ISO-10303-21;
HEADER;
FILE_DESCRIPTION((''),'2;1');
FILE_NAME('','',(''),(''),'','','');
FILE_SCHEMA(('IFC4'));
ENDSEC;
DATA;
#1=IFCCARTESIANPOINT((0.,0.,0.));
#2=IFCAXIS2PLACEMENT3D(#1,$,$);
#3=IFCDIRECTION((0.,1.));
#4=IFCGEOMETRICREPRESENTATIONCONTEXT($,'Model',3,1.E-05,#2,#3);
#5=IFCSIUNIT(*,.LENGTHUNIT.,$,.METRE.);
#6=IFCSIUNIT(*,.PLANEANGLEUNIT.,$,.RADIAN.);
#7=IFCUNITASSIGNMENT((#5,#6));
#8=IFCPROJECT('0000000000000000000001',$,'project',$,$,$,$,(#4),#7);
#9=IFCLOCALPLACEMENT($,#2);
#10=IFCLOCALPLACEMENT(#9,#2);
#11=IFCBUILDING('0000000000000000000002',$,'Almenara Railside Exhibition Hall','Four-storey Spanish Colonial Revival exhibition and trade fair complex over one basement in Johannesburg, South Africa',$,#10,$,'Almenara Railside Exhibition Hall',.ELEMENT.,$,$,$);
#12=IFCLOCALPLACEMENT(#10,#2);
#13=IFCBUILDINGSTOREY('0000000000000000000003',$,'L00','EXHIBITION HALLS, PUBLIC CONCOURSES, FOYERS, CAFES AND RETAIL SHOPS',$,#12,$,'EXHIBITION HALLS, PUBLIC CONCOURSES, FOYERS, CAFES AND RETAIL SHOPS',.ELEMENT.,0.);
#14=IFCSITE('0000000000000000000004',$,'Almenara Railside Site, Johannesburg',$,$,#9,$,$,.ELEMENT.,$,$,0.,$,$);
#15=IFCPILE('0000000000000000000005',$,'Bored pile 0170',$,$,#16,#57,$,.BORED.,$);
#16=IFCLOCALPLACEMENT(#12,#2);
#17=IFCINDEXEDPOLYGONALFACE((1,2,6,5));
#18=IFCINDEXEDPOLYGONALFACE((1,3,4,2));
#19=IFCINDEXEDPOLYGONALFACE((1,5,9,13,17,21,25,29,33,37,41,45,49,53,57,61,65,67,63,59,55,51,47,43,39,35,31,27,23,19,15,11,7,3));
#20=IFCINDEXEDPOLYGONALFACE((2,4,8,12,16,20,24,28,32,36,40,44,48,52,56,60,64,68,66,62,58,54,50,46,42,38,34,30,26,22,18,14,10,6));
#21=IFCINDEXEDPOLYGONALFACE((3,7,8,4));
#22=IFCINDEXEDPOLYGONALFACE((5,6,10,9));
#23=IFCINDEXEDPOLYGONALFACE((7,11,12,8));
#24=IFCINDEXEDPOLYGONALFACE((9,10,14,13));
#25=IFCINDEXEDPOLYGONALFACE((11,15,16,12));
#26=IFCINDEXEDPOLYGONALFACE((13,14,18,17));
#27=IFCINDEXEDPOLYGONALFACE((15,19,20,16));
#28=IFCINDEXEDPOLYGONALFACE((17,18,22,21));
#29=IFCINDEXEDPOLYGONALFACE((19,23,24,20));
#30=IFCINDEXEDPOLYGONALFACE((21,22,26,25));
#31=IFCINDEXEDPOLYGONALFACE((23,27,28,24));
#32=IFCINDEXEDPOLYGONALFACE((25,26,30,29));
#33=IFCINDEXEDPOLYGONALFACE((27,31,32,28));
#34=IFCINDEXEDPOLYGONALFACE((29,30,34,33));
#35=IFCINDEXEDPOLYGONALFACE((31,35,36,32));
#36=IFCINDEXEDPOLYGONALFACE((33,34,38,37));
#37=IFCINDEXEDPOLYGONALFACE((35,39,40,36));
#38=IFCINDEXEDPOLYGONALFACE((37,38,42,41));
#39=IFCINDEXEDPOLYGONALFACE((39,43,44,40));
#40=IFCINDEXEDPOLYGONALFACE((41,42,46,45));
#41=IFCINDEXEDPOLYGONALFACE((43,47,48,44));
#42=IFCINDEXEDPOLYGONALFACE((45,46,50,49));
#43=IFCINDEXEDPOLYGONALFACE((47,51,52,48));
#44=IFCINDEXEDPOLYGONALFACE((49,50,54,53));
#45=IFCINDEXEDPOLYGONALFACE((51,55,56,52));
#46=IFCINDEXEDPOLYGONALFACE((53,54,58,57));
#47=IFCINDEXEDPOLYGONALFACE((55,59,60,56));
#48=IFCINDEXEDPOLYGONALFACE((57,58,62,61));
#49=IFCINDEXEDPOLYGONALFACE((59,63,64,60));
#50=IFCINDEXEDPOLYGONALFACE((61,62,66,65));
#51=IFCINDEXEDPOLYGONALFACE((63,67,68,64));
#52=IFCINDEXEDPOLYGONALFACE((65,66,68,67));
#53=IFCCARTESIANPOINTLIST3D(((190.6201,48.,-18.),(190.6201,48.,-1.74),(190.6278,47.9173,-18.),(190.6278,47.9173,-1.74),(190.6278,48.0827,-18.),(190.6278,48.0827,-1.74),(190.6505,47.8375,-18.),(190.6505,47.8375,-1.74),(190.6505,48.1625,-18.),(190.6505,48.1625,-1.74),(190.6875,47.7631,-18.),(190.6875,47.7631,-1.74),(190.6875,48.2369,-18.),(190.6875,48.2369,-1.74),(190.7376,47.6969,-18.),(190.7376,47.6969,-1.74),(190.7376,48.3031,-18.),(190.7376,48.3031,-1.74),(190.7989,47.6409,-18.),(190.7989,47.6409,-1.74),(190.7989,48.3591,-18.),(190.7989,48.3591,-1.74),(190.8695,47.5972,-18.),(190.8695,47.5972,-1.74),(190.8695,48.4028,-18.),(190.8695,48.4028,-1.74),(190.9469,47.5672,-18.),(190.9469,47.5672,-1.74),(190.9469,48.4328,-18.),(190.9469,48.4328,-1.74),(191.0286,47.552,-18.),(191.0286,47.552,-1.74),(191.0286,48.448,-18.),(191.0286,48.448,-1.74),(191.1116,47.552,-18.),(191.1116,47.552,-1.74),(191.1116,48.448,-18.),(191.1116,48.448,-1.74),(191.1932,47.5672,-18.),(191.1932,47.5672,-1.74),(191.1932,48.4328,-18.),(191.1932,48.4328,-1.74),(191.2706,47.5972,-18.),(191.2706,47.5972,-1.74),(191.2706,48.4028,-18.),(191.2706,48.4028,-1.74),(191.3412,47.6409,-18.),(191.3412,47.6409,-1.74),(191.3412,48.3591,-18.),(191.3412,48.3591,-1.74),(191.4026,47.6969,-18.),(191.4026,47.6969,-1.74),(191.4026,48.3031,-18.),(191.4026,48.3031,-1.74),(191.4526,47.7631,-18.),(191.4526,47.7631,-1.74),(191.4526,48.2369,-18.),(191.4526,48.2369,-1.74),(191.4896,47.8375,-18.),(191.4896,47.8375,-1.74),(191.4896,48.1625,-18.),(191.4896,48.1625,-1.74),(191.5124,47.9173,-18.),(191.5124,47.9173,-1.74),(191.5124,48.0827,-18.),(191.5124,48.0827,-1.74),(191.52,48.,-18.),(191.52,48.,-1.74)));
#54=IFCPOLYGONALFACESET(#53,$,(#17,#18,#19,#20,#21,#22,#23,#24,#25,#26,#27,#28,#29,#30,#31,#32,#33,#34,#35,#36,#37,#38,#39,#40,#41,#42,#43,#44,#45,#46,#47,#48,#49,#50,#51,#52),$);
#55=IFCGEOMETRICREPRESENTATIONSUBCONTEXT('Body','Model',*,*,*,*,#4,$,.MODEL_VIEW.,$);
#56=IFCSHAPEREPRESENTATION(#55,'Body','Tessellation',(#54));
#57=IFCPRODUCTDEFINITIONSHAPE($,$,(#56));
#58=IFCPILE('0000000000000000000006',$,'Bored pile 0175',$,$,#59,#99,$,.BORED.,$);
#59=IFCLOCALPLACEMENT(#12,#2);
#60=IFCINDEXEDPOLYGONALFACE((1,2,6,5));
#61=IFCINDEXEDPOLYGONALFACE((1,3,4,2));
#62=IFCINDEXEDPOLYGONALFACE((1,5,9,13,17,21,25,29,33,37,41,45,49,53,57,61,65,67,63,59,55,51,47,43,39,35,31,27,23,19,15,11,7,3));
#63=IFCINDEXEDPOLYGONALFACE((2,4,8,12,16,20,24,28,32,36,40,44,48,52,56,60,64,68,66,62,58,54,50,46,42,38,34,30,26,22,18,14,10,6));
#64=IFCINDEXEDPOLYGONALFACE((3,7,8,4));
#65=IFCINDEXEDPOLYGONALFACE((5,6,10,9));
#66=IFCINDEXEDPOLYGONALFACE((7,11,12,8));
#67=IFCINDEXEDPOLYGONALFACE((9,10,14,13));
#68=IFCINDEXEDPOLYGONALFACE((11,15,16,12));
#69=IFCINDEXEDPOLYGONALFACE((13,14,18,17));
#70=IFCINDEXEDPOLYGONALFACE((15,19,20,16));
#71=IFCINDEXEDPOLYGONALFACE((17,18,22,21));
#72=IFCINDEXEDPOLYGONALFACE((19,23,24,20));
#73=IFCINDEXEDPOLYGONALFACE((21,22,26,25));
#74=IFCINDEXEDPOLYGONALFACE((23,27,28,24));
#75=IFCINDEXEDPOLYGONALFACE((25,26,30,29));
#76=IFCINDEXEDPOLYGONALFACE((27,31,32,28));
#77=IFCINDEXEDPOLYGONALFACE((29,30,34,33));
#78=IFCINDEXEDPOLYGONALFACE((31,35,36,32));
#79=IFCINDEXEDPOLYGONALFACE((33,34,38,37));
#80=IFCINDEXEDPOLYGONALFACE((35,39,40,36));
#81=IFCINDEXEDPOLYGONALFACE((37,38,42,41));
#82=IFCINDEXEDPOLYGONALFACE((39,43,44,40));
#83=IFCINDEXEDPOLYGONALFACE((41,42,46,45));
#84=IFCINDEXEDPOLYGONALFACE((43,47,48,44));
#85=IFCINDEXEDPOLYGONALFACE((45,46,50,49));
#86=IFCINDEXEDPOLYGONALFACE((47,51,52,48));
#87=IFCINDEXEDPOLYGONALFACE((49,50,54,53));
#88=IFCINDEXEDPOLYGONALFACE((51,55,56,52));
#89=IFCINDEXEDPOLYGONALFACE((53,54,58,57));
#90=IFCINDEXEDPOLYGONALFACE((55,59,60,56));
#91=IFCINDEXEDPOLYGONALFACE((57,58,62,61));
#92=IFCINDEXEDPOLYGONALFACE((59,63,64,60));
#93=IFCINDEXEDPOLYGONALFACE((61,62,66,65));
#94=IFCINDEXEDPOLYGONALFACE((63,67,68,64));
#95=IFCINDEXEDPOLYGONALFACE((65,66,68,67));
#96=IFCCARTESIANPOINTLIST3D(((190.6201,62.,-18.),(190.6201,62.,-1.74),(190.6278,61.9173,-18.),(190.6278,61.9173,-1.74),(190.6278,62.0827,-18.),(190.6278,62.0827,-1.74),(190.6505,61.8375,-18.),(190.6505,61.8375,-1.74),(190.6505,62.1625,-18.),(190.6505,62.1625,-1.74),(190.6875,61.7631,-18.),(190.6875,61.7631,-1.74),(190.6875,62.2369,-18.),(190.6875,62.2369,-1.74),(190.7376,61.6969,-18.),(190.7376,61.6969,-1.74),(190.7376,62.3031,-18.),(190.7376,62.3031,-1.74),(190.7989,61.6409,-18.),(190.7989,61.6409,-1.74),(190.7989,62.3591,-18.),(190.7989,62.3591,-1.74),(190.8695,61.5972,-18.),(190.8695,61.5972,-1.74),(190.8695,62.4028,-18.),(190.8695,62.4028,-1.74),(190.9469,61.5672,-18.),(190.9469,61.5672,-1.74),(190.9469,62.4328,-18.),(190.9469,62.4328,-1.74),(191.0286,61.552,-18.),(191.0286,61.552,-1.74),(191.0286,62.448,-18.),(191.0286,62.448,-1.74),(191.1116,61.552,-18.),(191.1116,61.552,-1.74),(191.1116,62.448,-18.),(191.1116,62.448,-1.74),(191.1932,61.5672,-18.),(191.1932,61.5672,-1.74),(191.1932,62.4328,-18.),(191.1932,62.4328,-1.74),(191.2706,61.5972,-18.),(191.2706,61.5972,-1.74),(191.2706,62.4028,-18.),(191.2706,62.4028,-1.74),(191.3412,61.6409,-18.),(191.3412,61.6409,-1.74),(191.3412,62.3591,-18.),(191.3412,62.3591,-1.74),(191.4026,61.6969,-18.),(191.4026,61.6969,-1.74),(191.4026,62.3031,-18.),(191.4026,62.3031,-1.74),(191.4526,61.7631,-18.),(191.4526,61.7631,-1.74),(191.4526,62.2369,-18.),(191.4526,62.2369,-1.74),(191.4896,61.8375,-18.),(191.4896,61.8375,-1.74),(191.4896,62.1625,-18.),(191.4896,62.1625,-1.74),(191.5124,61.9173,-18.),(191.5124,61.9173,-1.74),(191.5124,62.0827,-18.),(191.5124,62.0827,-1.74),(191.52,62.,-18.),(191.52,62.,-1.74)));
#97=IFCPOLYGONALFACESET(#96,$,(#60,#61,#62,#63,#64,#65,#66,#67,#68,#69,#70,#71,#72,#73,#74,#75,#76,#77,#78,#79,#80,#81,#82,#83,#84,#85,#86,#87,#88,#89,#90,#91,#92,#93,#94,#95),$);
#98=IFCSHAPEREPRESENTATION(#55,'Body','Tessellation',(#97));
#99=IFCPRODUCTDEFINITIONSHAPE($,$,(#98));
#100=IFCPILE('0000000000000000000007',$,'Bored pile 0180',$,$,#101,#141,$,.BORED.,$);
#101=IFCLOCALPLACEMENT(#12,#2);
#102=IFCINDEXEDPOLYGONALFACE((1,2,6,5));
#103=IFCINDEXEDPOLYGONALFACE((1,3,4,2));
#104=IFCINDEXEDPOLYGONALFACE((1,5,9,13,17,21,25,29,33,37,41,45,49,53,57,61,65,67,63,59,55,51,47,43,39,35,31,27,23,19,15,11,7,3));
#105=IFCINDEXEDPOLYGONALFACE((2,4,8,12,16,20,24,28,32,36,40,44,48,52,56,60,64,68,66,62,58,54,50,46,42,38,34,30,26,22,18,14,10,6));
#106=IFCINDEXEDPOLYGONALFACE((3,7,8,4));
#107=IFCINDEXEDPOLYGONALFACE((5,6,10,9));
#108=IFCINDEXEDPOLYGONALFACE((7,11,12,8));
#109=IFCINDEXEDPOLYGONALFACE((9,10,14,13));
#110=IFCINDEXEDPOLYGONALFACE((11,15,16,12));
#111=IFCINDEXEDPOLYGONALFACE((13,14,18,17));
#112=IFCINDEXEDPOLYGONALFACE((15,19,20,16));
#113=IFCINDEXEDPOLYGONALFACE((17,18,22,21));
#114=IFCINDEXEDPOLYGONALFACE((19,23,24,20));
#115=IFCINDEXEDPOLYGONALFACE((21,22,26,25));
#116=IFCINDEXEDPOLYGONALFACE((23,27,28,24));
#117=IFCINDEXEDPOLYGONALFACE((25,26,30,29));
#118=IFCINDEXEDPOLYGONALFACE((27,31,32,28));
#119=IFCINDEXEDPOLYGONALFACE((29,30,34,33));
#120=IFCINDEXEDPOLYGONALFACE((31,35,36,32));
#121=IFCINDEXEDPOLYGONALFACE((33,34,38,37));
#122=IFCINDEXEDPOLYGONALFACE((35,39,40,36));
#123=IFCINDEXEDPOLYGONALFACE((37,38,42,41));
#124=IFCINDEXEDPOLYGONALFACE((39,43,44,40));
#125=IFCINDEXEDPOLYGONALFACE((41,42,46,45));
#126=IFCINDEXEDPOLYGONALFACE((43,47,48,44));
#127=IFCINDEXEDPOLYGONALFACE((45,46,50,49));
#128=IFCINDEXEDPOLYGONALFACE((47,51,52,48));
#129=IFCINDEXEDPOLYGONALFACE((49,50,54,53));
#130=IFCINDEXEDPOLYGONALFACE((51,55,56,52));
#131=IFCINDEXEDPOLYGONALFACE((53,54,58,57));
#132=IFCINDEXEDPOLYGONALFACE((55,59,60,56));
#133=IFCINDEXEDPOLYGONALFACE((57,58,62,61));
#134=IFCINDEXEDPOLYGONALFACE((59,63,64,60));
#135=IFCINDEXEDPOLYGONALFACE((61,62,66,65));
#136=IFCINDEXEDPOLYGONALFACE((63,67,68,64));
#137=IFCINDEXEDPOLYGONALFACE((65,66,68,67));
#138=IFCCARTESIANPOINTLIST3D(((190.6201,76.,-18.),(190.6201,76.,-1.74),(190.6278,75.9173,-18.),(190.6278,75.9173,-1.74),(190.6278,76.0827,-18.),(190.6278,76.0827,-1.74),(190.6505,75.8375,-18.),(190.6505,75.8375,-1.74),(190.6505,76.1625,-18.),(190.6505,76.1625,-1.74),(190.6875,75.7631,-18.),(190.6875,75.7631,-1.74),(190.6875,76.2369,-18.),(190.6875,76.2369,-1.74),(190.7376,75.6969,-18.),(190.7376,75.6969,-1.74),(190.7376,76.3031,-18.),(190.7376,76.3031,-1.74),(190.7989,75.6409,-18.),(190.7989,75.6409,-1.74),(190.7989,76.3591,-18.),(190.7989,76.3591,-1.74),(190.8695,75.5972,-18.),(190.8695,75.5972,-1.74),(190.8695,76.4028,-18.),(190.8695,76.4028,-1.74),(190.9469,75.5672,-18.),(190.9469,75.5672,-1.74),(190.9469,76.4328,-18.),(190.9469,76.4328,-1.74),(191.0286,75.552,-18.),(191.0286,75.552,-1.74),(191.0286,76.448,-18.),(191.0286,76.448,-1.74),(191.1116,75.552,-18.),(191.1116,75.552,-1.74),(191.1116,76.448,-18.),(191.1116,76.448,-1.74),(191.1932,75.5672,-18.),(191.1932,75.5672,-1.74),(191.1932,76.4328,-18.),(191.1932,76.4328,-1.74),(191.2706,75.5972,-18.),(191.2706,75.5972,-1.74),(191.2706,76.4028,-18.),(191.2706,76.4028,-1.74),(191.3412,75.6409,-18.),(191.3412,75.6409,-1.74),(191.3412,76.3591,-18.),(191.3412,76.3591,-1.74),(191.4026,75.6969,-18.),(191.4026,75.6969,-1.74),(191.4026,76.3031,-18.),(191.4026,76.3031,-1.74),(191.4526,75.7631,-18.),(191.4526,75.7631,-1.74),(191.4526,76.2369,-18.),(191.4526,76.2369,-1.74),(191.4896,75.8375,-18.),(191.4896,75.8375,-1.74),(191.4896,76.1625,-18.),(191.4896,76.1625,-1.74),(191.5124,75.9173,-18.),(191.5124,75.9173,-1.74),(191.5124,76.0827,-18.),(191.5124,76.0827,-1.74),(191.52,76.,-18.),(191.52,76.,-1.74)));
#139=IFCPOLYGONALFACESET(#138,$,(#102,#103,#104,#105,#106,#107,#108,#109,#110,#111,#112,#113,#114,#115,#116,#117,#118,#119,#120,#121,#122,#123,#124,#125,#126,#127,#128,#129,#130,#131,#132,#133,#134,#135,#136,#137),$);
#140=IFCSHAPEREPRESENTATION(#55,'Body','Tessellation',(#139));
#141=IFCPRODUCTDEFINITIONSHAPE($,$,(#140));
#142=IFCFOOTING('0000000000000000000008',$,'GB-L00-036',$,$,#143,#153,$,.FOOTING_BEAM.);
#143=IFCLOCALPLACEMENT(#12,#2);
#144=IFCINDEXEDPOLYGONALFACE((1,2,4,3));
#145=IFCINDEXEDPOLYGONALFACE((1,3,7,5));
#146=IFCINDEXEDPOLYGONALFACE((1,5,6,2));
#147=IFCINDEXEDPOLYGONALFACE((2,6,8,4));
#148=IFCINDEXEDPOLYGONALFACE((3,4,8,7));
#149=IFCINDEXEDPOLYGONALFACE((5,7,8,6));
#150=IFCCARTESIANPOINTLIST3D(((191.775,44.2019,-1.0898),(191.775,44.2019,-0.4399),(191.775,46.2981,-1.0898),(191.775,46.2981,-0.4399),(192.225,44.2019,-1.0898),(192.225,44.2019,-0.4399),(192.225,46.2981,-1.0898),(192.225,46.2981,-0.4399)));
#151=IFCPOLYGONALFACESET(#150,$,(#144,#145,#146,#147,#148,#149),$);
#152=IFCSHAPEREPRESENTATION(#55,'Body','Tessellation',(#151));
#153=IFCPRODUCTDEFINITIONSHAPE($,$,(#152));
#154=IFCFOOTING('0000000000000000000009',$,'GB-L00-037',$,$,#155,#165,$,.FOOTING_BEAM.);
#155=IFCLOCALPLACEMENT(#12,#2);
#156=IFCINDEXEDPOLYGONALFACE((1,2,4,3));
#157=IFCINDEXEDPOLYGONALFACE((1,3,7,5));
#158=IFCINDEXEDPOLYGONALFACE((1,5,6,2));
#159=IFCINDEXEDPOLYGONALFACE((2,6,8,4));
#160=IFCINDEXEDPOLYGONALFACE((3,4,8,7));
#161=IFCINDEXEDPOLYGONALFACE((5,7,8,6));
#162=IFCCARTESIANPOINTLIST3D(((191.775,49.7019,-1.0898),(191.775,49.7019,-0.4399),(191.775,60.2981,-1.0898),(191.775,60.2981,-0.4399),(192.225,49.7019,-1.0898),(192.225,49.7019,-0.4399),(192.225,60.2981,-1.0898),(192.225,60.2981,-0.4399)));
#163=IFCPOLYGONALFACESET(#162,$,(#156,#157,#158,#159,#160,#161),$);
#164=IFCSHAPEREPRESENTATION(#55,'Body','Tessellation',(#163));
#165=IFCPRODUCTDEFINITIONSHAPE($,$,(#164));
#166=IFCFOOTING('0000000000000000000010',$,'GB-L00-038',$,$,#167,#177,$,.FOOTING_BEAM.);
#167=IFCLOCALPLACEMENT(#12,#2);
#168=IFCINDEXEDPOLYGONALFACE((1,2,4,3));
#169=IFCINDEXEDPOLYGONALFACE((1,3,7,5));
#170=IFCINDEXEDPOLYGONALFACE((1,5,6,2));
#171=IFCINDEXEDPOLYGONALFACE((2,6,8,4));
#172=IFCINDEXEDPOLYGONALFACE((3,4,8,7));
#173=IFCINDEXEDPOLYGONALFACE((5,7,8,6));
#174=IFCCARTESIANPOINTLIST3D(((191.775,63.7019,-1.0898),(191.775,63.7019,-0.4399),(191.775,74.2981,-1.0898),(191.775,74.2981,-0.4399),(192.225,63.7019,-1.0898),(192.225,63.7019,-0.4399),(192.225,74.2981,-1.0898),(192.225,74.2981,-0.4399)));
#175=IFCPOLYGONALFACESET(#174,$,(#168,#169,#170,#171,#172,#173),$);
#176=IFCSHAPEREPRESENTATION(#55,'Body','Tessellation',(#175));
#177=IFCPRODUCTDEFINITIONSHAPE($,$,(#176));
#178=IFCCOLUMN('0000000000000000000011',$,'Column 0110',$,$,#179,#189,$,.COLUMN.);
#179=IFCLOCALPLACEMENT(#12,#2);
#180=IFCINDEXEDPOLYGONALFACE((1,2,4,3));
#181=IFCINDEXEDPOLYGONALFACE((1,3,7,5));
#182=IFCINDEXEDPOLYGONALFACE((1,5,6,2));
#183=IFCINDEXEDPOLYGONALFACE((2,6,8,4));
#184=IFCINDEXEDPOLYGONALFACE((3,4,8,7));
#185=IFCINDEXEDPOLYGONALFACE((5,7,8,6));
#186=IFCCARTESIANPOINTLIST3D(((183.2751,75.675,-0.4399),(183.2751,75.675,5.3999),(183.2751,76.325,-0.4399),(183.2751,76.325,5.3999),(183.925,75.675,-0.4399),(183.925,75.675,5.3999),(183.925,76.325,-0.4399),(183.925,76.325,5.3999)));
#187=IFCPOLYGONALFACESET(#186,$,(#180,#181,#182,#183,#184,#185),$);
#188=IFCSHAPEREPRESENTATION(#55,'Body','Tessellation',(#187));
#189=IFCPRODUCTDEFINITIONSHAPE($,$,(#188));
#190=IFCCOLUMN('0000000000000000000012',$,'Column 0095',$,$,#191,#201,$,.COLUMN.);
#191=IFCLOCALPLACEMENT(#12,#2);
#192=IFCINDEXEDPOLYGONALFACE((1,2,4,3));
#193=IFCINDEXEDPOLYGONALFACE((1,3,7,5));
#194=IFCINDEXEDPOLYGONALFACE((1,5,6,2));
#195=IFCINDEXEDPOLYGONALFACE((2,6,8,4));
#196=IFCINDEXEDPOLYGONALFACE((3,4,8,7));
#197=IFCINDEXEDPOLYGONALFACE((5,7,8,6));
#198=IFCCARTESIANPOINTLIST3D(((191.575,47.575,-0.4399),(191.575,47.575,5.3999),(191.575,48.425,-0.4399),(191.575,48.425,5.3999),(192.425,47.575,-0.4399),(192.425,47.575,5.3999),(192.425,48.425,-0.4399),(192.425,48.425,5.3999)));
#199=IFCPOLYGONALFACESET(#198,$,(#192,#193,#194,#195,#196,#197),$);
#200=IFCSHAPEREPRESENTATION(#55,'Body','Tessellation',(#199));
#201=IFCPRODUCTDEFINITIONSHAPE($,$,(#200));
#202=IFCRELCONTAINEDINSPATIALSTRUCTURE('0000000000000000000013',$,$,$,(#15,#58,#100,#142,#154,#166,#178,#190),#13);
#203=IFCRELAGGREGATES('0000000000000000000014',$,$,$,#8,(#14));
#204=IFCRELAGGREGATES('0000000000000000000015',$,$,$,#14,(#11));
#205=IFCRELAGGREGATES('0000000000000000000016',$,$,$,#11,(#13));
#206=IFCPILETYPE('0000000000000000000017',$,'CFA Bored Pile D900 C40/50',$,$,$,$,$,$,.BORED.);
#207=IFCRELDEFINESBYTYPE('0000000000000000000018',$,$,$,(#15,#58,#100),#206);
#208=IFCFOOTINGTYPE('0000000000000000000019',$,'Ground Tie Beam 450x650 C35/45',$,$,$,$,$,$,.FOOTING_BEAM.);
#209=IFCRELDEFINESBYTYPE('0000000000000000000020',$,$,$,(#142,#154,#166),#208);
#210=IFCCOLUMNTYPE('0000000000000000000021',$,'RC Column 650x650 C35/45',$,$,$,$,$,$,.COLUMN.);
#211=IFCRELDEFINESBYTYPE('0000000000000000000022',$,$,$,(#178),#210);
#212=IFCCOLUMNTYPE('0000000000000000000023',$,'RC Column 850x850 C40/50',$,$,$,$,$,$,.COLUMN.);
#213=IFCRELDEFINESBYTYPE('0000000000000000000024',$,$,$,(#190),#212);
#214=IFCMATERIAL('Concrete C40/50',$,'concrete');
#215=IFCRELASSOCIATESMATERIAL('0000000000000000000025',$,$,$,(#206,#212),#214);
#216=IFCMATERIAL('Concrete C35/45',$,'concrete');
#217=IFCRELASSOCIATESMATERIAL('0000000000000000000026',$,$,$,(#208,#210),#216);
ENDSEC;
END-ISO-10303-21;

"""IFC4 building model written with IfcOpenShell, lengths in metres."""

from ifc_helpers import new_model, si_unit, direction, frame, origin, origin_2d, place, context, subcontext, project, spatial, rectangle, circle, extrude, material, material_profile, profile_set, type_object, element, save


model = new_model("IFC4")

# Units and contexts
model_context = context("Model", 3, precision=1e-05, world=origin(), true_north=direction((0.0, 1.0)))
body_context = subcontext(model_context, "Body", "Model", "MODEL_VIEW")
ifc_project = project(units=[si_unit("LENGTHUNIT", "METRE"), si_unit("PLANEANGLEUNIT", "RADIAN")], contexts=[model_context])

# Site, building, storey
site_placement = place(None, origin())
site = spatial("IfcSite", under=ifc_project, at=site_placement, Name="Almenara Railside Site, Johannesburg", CompositionType="ELEMENT", RefElevation=0.0)
building_placement = place(site_placement, origin())
building = spatial("IfcBuilding", under=site, at=building_placement, Name="Almenara Railside Exhibition Hall", Description="Four-storey Spanish Colonial Revival exhibition and trade fair complex over one basement in Johannesburg, South Africa", LongName="Almenara Railside Exhibition Hall", CompositionType="ELEMENT")
storey_placement = place(building_placement, origin())
storey = spatial("IfcBuildingStorey", under=building, at=storey_placement, Name="L00", Description="EXHIBITION HALLS, PUBLIC CONCOURSES, FOYERS, CAFES AND RETAIL SHOPS", LongName="EXHIBITION HALLS, PUBLIC CONCOURSES, FOYERS, CAFES AND RETAIL SHOPS", CompositionType="ELEMENT", Elevation=0.0)

# Piles
ifc_material_1 = material(Name="Concrete C40/50", Category="concrete")
ifc_material_profile_1 = material_profile(ifc_material_1, circle(Radius=0.45, at=origin_2d()), Name="CFA-PILE D900")
ifc_profile_set_1 = profile_set([ifc_material_profile_1], Name="Concrete C40/50")
pile_type_1 = type_object("IfcPileType", Name="CFA Bored Pile D900 C40/50", PredefinedType="BORED", material=ifc_profile_set_1)
for number, where, z_axis, x_axis, name in (
    (1, (191.0701, 48.0, -1.74), (0.0, 0.0, -1.0), (1.0, 0.0, 0.0), "Bored pile 0170"),
    (2, (191.0701, 62.0, -1.74), (0.0, 0.0, -1.0), (1.0, 0.0, 0.0), "Bored pile 0175"),
    (3, (191.0701, 76.0, -1.74), (0.0, 0.0, -1.0), (1.0, 0.0, 0.0), "Bored pile 0180"),
):
    element("IfcPile", number, at=place(storey_placement, frame(where, z_axis=z_axis, x_axis=x_axis)), inside=storey, type_object=pile_type_1, Name=name, PredefinedType="BORED", context=body_context, shape_type="SweptSolid", body=[
        extrude(circle(Radius=0.45, at=origin_2d()), origin(), (0.0, 0.0, 1.0), 16.26),
    ])

# Footings
ifc_material_2 = material(Name="Concrete C35/45", Category="concrete")
ifc_material_profile_2 = material_profile(ifc_material_2, rectangle(XDim=0.45, YDim=0.6499, at=origin_2d()), Name="RC-GB 450x650")
ifc_profile_set_2 = profile_set([ifc_material_profile_2], Name="Concrete C35/45")
footing_type = type_object("IfcFootingType", Name="Ground Tie Beam 450x650 C35/45", PredefinedType="FOOTING_BEAM", material=ifc_profile_set_2)
footing_placement = place(storey_placement, frame((192.0, 44.2019, -0.7649), z_axis=(0.0, 1.0, 0.0), x_axis=(-1.0, 0.0, 0.0)))
element("IfcFooting", 4, at=footing_placement, inside=storey, type_object=footing_type, Name="GB-L00-036", PredefinedType="FOOTING_BEAM", context=body_context, shape_type="SweptSolid", body=[
    extrude(rectangle(XDim=0.45, YDim=0.6499, at=origin_2d()), origin(), (0.0, 0.0, 1.0), 2.0962),
])
for number, where, z_axis, x_axis, name in (
    (5, (192.0, 49.7019, -0.7649), (0.0, 1.0, 0.0), (-1.0, 0.0, 0.0), "GB-L00-037"),
    (6, (192.0, 63.7019, -0.7649), (0.0, 1.0, 0.0), (-1.0, 0.0, 0.0), "GB-L00-038"),
):
    element("IfcFooting", number, at=place(storey_placement, frame(where, z_axis=z_axis, x_axis=x_axis)), inside=storey, type_object=footing_type, Name=name, PredefinedType="FOOTING_BEAM", context=body_context, shape_type="SweptSolid", body=[
        extrude(rectangle(XDim=0.45, YDim=0.6499, at=origin_2d()), origin(), (0.0, 0.0, 1.0), 10.5962),
    ])

# Columns
ifc_material_profile_3 = material_profile(ifc_material_2, rectangle(XDim=0.6499, YDim=0.6499, at=origin_2d()), Name="RC 650x650")
ifc_profile_set_3 = profile_set([ifc_material_profile_3], Name="Concrete C35/45")
column_type_1 = type_object("IfcColumnType", Name="RC Column 650x650 C35/45", PredefinedType="COLUMN", material=ifc_profile_set_3)
column_placement = place(storey_placement, frame((183.6001, 76.0, -0.4399), z_axis=(0.0, 0.0, 1.0), x_axis=(1.0, 0.0, 0.0)))
element("IfcColumn", 7, at=column_placement, inside=storey, type_object=column_type_1, Name="Column 0110", PredefinedType="COLUMN", context=body_context, shape_type="SweptSolid", body=[
    extrude(rectangle(XDim=0.6499, YDim=0.6499, at=origin_2d()), origin(), (0.0, 0.0, 1.0), 5.8398),
])
ifc_material_profile_4 = material_profile(ifc_material_1, rectangle(XDim=0.8501, YDim=0.8501, at=origin_2d()), Name="RC 850x850")
ifc_profile_set_4 = profile_set([ifc_material_profile_4], Name="Concrete C40/50")
column_type_2 = type_object("IfcColumnType", Name="RC Column 850x850 C40/50", PredefinedType="COLUMN", material=ifc_profile_set_4)
for number, where, z_axis, x_axis, name in (
    (8, (192.0, 48.0, -0.4399), (0.0, 0.0, 1.0), (1.0, 0.0, 0.0), "Column 0095"),
):
    element("IfcColumn", number, at=place(storey_placement, frame(where, z_axis=z_axis, x_axis=x_axis)), inside=storey, type_object=column_type_2, Name=name, PredefinedType="COLUMN", context=body_context, shape_type="SweptSolid", body=[
        extrude(rectangle(XDim=0.8501, YDim=0.8501, at=origin_2d()), origin(), (0.0, 0.0, 1.0), 5.8398),
    ])

save(model, "model.ifc")
